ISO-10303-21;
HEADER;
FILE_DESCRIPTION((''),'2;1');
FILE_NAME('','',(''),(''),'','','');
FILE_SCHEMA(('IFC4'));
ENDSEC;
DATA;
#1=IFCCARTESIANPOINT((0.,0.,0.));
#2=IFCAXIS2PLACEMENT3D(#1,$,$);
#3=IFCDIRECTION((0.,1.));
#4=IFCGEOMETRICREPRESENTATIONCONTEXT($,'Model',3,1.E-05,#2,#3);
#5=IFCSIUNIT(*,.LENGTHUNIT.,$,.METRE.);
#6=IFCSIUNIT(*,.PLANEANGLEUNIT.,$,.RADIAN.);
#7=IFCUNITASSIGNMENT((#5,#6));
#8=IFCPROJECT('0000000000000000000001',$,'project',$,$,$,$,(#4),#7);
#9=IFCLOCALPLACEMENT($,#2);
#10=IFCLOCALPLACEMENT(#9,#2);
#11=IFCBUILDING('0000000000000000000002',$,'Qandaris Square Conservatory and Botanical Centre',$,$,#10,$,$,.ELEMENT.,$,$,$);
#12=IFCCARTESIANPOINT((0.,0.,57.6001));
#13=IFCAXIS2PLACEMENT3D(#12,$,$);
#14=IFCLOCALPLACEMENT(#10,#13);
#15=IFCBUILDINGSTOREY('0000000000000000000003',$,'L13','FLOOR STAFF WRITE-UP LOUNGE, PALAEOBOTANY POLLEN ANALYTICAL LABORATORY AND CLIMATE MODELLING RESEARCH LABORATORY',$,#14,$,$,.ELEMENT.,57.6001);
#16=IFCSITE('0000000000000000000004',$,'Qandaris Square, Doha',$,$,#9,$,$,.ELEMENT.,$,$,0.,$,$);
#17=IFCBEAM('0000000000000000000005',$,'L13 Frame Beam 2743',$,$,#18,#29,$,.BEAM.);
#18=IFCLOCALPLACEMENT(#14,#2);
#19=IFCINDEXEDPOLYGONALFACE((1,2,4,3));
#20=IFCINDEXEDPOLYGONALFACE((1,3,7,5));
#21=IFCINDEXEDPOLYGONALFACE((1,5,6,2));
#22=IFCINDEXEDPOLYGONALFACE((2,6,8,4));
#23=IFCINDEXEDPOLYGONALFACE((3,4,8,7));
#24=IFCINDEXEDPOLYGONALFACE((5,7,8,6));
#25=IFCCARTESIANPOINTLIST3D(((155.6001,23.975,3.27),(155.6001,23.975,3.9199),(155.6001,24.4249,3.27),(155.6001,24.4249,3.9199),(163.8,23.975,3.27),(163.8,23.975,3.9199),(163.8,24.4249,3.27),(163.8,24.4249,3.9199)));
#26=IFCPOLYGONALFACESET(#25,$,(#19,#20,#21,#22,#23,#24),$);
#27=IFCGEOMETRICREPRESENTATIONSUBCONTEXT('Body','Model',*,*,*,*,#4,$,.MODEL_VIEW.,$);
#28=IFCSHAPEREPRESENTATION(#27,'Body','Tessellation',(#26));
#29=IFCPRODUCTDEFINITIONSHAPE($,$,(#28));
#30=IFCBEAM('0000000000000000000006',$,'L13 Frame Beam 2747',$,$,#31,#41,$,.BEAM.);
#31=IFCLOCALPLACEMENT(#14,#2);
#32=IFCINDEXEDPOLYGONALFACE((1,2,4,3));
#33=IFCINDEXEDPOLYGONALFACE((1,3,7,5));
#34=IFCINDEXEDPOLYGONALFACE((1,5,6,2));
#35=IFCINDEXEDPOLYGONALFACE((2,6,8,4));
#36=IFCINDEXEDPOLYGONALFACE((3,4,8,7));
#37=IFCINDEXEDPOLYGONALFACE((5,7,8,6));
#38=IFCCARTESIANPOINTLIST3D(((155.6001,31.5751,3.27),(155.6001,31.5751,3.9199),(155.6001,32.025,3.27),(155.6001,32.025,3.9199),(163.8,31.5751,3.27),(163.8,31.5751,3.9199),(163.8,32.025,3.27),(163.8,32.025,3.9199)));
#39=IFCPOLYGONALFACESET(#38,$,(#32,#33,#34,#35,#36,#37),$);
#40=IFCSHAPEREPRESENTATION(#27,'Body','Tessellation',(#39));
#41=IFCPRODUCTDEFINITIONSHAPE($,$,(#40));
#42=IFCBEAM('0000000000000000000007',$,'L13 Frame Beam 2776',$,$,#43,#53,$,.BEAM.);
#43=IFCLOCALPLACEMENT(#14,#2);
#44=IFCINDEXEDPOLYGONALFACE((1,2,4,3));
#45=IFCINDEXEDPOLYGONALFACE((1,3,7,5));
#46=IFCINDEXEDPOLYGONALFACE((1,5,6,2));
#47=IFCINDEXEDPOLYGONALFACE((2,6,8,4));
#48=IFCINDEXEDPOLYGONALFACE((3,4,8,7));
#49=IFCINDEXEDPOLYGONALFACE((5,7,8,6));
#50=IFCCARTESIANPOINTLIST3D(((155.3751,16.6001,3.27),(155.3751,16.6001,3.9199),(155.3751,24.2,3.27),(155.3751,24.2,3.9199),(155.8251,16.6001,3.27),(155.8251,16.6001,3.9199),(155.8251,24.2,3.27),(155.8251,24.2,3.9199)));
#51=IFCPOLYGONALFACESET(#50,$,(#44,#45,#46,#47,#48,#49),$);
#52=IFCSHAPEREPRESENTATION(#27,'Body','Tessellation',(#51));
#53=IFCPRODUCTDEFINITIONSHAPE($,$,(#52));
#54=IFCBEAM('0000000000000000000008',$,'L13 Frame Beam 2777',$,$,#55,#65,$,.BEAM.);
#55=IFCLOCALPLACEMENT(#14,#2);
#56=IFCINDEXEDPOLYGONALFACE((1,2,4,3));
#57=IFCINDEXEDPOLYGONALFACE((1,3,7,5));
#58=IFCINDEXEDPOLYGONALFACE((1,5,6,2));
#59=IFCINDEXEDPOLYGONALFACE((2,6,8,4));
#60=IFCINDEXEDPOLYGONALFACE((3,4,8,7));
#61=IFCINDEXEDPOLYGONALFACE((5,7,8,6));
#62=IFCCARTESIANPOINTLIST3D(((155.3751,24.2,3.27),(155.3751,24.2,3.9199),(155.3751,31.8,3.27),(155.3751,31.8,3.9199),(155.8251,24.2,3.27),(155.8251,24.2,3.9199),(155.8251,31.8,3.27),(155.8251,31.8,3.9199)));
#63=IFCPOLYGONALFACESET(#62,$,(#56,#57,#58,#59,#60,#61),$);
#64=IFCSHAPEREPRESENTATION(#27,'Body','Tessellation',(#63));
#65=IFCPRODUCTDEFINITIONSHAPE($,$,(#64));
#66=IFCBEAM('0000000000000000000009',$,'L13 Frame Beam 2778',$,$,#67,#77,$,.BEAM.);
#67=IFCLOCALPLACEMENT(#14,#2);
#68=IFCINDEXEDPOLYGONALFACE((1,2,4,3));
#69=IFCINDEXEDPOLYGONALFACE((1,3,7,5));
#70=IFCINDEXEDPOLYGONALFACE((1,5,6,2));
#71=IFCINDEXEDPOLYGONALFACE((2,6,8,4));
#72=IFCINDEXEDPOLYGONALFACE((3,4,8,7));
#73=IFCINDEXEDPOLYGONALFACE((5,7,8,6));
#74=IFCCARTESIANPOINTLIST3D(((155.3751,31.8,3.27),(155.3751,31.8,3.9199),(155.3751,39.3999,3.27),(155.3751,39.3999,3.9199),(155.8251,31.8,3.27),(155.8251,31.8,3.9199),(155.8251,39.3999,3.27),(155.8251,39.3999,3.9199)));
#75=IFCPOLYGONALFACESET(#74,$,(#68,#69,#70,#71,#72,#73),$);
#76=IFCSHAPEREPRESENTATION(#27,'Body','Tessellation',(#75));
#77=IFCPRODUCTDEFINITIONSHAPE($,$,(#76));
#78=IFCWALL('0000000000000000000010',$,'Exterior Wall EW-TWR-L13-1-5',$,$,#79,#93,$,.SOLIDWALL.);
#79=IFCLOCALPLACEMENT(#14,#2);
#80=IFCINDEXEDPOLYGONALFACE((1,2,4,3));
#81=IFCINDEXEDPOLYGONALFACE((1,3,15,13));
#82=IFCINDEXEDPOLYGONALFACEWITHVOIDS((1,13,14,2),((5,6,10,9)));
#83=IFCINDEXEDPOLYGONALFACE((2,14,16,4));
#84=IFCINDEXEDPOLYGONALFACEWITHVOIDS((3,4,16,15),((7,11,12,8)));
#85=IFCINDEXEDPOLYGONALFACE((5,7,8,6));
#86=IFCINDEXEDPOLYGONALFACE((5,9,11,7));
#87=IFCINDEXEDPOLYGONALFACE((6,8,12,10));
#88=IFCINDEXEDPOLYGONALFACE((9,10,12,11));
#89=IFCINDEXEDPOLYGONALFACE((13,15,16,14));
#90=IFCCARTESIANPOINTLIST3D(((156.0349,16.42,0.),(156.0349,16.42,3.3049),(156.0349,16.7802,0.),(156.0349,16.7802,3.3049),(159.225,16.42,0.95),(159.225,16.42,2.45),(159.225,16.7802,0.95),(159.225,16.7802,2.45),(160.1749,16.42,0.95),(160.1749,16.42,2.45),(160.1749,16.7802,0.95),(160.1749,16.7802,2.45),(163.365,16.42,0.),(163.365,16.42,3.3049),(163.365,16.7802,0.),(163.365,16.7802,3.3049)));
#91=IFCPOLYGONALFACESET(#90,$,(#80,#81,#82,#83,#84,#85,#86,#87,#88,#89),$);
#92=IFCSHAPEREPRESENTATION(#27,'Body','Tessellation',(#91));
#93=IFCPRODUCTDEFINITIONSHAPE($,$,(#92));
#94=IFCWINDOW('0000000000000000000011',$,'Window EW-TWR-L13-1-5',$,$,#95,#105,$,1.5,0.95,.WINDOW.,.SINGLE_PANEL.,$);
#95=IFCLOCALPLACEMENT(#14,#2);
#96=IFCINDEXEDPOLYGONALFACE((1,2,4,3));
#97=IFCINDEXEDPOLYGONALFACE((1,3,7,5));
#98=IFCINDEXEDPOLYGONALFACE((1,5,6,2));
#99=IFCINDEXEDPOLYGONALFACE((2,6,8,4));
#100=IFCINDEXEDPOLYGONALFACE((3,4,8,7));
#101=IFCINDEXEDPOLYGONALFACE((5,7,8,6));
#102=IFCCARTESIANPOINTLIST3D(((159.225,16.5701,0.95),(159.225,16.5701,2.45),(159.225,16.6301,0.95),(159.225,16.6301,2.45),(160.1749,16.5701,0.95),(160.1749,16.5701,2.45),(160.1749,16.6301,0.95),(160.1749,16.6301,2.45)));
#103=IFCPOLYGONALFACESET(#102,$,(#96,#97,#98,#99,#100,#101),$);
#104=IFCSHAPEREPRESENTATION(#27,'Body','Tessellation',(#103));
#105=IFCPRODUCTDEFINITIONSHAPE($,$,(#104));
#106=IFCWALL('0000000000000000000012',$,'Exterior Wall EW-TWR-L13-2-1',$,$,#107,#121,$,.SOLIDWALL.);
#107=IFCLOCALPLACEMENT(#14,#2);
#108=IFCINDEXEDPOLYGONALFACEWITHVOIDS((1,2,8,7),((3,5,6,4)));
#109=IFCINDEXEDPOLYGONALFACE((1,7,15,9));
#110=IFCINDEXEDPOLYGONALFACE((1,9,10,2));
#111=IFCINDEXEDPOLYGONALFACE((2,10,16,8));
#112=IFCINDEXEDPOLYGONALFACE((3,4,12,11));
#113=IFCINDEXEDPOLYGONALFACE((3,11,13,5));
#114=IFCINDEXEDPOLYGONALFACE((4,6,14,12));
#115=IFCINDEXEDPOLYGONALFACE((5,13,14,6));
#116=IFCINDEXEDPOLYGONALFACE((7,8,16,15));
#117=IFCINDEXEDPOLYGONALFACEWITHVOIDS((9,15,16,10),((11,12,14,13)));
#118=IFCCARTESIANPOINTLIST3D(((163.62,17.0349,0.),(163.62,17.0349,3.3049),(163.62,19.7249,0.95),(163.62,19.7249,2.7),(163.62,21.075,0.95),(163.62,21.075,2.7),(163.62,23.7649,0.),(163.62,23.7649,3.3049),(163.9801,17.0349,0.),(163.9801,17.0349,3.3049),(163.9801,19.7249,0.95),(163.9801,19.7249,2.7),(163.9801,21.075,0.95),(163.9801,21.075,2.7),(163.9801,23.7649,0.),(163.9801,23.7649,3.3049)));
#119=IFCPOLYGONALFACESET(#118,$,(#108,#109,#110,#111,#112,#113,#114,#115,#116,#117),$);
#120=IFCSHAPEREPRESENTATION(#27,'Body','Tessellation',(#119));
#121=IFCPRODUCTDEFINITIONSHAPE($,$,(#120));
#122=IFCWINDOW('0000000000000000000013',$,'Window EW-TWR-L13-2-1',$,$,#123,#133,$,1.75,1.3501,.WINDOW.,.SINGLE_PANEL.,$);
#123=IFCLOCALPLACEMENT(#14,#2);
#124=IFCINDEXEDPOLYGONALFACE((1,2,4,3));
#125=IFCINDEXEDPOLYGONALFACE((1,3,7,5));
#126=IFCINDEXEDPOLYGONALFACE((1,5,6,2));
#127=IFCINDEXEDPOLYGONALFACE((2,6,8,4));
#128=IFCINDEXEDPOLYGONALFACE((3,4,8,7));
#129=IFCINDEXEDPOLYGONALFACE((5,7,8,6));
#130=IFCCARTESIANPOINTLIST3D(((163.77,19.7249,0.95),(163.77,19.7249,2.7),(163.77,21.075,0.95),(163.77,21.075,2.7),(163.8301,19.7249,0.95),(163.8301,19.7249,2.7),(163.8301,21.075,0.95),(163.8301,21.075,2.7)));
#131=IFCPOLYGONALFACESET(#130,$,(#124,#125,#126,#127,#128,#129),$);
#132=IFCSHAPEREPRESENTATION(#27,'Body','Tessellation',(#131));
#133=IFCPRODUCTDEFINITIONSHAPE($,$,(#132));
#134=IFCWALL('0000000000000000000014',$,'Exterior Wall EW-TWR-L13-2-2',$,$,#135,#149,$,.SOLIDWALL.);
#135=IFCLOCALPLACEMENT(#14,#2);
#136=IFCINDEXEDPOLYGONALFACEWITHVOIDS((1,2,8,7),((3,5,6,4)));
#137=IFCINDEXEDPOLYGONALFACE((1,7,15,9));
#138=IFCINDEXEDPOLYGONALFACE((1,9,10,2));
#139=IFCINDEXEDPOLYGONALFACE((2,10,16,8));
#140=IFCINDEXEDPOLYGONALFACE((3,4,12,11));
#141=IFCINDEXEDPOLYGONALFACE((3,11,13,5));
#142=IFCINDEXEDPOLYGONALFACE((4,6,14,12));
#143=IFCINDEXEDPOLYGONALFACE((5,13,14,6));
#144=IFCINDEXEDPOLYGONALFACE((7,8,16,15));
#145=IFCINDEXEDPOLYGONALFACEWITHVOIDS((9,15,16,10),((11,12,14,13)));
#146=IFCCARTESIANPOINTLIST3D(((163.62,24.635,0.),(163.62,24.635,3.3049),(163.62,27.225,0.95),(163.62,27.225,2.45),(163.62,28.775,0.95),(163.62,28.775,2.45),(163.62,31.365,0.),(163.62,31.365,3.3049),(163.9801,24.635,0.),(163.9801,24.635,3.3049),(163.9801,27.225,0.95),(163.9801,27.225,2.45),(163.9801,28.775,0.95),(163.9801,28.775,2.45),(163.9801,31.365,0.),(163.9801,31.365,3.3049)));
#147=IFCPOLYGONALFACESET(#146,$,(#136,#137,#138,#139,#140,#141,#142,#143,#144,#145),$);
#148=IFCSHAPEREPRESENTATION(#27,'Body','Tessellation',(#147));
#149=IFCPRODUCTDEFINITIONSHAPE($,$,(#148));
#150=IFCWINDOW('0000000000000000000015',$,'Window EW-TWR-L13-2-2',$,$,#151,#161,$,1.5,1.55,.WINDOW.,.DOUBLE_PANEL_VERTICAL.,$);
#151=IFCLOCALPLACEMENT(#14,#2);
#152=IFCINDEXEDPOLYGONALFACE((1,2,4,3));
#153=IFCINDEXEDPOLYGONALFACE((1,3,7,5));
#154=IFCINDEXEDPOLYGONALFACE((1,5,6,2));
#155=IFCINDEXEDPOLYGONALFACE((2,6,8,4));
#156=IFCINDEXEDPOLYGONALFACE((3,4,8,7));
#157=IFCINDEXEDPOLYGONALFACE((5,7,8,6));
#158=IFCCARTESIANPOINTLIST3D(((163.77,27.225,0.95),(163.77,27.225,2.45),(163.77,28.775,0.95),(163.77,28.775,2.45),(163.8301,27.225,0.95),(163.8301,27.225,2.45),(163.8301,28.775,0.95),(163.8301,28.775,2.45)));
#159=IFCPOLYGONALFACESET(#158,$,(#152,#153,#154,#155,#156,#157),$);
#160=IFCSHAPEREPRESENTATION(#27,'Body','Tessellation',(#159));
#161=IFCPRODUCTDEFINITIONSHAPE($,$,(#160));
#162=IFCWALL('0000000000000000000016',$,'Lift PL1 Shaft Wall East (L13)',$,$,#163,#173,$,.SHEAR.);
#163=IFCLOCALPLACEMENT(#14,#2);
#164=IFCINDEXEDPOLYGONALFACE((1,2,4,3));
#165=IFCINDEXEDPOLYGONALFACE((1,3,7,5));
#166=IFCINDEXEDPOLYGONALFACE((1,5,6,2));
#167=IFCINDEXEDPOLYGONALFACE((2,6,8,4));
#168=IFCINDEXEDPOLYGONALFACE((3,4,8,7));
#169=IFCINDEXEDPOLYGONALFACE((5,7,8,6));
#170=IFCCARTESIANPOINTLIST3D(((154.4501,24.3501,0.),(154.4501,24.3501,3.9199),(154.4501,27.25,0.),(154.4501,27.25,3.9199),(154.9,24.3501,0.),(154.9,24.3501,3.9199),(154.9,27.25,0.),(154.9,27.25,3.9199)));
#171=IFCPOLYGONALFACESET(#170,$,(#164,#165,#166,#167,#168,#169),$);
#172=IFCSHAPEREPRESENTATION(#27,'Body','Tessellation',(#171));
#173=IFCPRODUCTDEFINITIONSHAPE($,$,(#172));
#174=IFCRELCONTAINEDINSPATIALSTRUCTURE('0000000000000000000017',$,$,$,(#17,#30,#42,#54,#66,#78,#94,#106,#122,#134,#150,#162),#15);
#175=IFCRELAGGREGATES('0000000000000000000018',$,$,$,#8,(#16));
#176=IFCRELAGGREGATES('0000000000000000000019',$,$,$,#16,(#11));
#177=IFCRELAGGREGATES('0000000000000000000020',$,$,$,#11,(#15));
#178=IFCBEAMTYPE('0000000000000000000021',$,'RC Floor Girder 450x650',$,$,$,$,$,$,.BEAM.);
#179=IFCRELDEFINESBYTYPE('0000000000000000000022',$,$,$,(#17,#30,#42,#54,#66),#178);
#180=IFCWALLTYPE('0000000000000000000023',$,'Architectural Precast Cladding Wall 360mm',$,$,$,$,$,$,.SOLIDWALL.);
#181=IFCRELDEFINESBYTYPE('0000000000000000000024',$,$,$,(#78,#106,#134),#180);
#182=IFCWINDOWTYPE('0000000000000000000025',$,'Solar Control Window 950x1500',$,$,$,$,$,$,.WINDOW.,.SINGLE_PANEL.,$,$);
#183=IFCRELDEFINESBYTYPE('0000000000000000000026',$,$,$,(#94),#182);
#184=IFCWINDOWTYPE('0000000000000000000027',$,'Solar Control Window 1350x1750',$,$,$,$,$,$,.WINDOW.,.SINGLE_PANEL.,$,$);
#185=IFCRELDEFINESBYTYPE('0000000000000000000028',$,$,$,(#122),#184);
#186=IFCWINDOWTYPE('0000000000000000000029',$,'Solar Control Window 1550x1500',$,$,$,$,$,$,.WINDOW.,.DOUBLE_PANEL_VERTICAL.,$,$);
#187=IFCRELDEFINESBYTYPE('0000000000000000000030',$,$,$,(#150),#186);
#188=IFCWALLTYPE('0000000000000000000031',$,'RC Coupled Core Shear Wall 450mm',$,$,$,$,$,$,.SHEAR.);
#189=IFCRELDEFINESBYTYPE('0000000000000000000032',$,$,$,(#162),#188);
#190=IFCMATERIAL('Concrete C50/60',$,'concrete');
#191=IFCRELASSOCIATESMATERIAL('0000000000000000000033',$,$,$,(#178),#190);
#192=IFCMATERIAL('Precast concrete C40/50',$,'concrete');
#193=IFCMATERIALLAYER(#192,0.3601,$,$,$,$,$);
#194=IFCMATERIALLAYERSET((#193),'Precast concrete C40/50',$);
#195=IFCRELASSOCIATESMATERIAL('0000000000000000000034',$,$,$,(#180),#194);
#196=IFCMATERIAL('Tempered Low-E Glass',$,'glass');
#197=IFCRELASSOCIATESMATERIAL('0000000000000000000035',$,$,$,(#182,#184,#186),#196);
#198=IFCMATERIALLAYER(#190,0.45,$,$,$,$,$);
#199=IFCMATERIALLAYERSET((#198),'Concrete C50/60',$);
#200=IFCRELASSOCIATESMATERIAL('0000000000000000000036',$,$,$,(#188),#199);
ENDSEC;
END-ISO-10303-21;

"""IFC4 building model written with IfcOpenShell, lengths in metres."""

from ifc_helpers import new_model, si_unit, direction, frame, frame_2d, origin, origin_2d, place, context, subcontext, project, spatial, rectangle, extrude, material, layer, layer_set, material_profile, profile_set, type_object, element, fill, save


model = new_model("IFC4")

# Units and contexts
model_context = context("Model", 3, precision=1e-05, world=origin(), true_north=direction((0.0, 1.0)))
body_context = subcontext(model_context, "Body", "Model", "MODEL_VIEW")
ifc_project = project(units=[si_unit("LENGTHUNIT", "METRE"), si_unit("PLANEANGLEUNIT", "RADIAN")], contexts=[model_context])

# Site, building, storey
site_placement = place(None, origin())
site = spatial("IfcSite", under=ifc_project, at=site_placement, Name="Qandaris Square, Doha", CompositionType="ELEMENT", RefElevation=0.0)
building_placement = place(site_placement, origin())
building = spatial("IfcBuilding", under=site, at=building_placement, Name="Qandaris Square Conservatory and Botanical Centre", CompositionType="ELEMENT")
storey_placement = place(building_placement, frame((0.0, 0.0, 57.6001)))
storey = spatial("IfcBuildingStorey", under=building, at=storey_placement, Name="L13", Description="FLOOR STAFF WRITE-UP LOUNGE, PALAEOBOTANY POLLEN ANALYTICAL LABORATORY AND CLIMATE MODELLING RESEARCH LABORATORY", CompositionType="ELEMENT", Elevation=57.6001)

# Shared definitions
ifc_material_1 = material(Name="Concrete C50/60", Category="concrete")

# Beams
ifc_material_profile_1 = material_profile(ifc_material_1, rectangle(XDim=0.45, YDim=0.6499, at=origin_2d()), Name="RC-BM 450x650")
ifc_profile_set_1 = profile_set([ifc_material_profile_1], Name="Concrete C50/60")
beam_type_1 = type_object("IfcBeamType", Name="RC Floor Girder 450x650", PredefinedType="BEAM", material=ifc_profile_set_1)
for number, where, z_axis, x_axis, name in (
    (1, (155.6001, 24.2, 3.595), (1.0, 0.0, 0.0), (0.0, 1.0, 0.0), "L13 Frame Beam 2743"),
    (2, (155.6001, 31.8, 3.595), (1.0, 0.0, 0.0), (0.0, 1.0, 0.0), "L13 Frame Beam 2747"),
):
    element("IfcBeam", number, at=place(storey_placement, frame(where, z_axis=z_axis, x_axis=x_axis)), inside=storey, type_object=beam_type_1, Name=name, PredefinedType="BEAM", context=body_context, shape_type="SweptSolid", body=[
        extrude(rectangle(XDim=0.45, YDim=0.6499, at=origin_2d()), origin(), (0.0, 0.0, 1.0), 8.2),
    ])
beam_1_placement = place(storey_placement, frame((155.6001, 16.6001, 3.595), z_axis=(0.0, 1.0, 0.0), x_axis=(-1.0, 0.0, 0.0)))
element("IfcBeam", 3, at=beam_1_placement, inside=storey, type_object=beam_type_1, Name="L13 Frame Beam 2776", PredefinedType="BEAM", context=body_context, shape_type="SweptSolid", body=[
    extrude(rectangle(XDim=0.45, YDim=0.6499, at=origin_2d()), origin(), (0.0, 0.0, 1.0), 7.5999),
])
beam_2_placement = place(storey_placement, frame((155.6001, 24.2, 3.595), z_axis=(0.0, 1.0, 0.0), x_axis=(-1.0, 0.0, 0.0)))
element("IfcBeam", 4, at=beam_2_placement, inside=storey, type_object=beam_type_1, Name="L13 Frame Beam 2777", PredefinedType="BEAM", context=body_context, shape_type="SweptSolid", body=[
    extrude(rectangle(XDim=0.45, YDim=0.6499, at=origin_2d()), origin(), (0.0, 0.0, 1.0), 7.6001),
])
beam_3_placement = place(storey_placement, frame((155.6001, 31.8, 3.595), z_axis=(0.0, 1.0, 0.0), x_axis=(-1.0, 0.0, 0.0)))
element("IfcBeam", 5, at=beam_3_placement, inside=storey, type_object=beam_type_1, Name="L13 Frame Beam 2778", PredefinedType="BEAM", context=body_context, shape_type="SweptSolid", body=[
    extrude(rectangle(XDim=0.45, YDim=0.6499, at=origin_2d()), origin(), (0.0, 0.0, 1.0), 7.5999),
])

# Walls, openings, windows
ifc_material_2 = material(Name="Precast concrete C40/50", Category="concrete")
ifc_layer_1 = layer(ifc_material_2, 0.3601)
ifc_layer_set_1 = layer_set([ifc_layer_1], Name="Precast concrete C40/50")
wall_type_1 = type_object("IfcWallType", Name="Architectural Precast Cladding Wall 360mm", PredefinedType="SOLIDWALL", material=ifc_layer_set_1)
wall_1_placement = place(storey_placement, frame((156.0349, 16.6001, 0.0), z_axis=(0.0, 0.0, 1.0), x_axis=(1.0, 0.0, 0.0)))
wall_1 = element("IfcWall", 6, at=wall_1_placement, inside=storey, type_object=wall_type_1, Name="Exterior Wall EW-TWR-L13-1-5", PredefinedType="SOLIDWALL", context=body_context, shape_type="SweptSolid", body=[
    extrude(rectangle(XDim=7.3301, YDim=0.3601, at=frame_2d((3.665, 0.0))), origin(), (0.0, 0.0, 1.0), 3.3049),
])
opening_1_placement = place(wall_1_placement, frame((3.1899, 0.0, 0.95)))
opening_1 = element("IfcOpeningElement", 7, at=opening_1_placement, cuts=wall_1, PredefinedType="OPENING", context=body_context, shape_type="SweptSolid", body=[
    extrude(rectangle(XDim=0.95, YDim=1.5, at=frame_2d((0.4751, 0.75))), frame((0.0, 0.1919, 0.0), z_axis=(0.0, -1.0, 0.0), x_axis=(1.0, 0.0, 0.0)), (0.0, 0.0, 1.0), 0.384),
])
ifc_material_3 = material(Name="Tempered Low-E Glass", Category="glass")
window_type_1 = type_object("IfcWindowType", Name="Solar Control Window 950x1500", PartitioningType="SINGLE_PANEL", PredefinedType="WINDOW", material=ifc_material_3)
window_1_placement = place(opening_1_placement, origin())
window_1 = element("IfcWindow", 8, at=window_1_placement, inside=storey, type_object=window_type_1, Name="Window EW-TWR-L13-1-5", OverallHeight=1.5, OverallWidth=0.95, PartitioningType="SINGLE_PANEL", PredefinedType="WINDOW", context=body_context, shape_type="SweptSolid", body=[
    extrude(rectangle(XDim=0.95, YDim=1.5, at=frame_2d((0.4751, 0.75))), frame((0.0, 0.03, 0.0), z_axis=(0.0, -1.0, 0.0), x_axis=(1.0, 0.0, 0.0)), (0.0, 0.0, 1.0), 0.0601),
])
fill(opening_1, window_1)
wall_2_placement = place(storey_placement, frame((163.8, 17.0349, 0.0), z_axis=(0.0, 0.0, 1.0), x_axis=(0.0, 1.0, 0.0)))
wall_2 = element("IfcWall", 9, at=wall_2_placement, inside=storey, type_object=wall_type_1, Name="Exterior Wall EW-TWR-L13-2-1", PredefinedType="SOLIDWALL", context=body_context, shape_type="SweptSolid", body=[
    extrude(rectangle(XDim=6.73, YDim=0.3601, at=frame_2d((3.365, 0.0))), origin(), (0.0, 0.0, 1.0), 3.3049),
])
opening_2_placement = place(wall_2_placement, frame((2.6899, 0.0, 0.95)))
opening_2 = element("IfcOpeningElement", 10, at=opening_2_placement, cuts=wall_2, PredefinedType="OPENING", context=body_context, shape_type="SweptSolid", body=[
    extrude(rectangle(XDim=1.3501, YDim=1.75, at=frame_2d((0.675, 0.875))), frame((0.0, 0.1919, 0.0), z_axis=(0.0, -1.0, 0.0), x_axis=(1.0, 0.0, 0.0)), (0.0, 0.0, 1.0), 0.384),
])
window_type_2 = type_object("IfcWindowType", Name="Solar Control Window 1350x1750", PartitioningType="SINGLE_PANEL", PredefinedType="WINDOW", material=ifc_material_3)
window_2_placement = place(opening_2_placement, origin())
window_2 = element("IfcWindow", 11, at=window_2_placement, inside=storey, type_object=window_type_2, Name="Window EW-TWR-L13-2-1", OverallHeight=1.75, OverallWidth=1.3501, PartitioningType="SINGLE_PANEL", PredefinedType="WINDOW", context=body_context, shape_type="SweptSolid", body=[
    extrude(rectangle(XDim=1.3501, YDim=1.75, at=frame_2d((0.675, 0.875))), frame((0.0, 0.03, 0.0), z_axis=(0.0, -1.0, 0.0), x_axis=(1.0, 0.0, 0.0)), (0.0, 0.0, 1.0), 0.0601),
])
fill(opening_2, window_2)
wall_3_placement = place(storey_placement, frame((163.8, 24.635, 0.0), z_axis=(0.0, 0.0, 1.0), x_axis=(0.0, 1.0, 0.0)))
wall_3 = element("IfcWall", 12, at=wall_3_placement, inside=storey, type_object=wall_type_1, Name="Exterior Wall EW-TWR-L13-2-2", PredefinedType="SOLIDWALL", context=body_context, shape_type="SweptSolid", body=[
    extrude(rectangle(XDim=6.73, YDim=0.3601, at=frame_2d((3.365, 0.0))), origin(), (0.0, 0.0, 1.0), 3.3049),
])
opening_3_placement = place(wall_3_placement, frame((2.5901, 0.0, 0.95)))
opening_3 = element("IfcOpeningElement", 13, at=opening_3_placement, cuts=wall_3, PredefinedType="OPENING", context=body_context, shape_type="SweptSolid", body=[
    extrude(rectangle(XDim=1.55, YDim=1.5, at=frame_2d((0.7749, 0.75))), frame((0.0, 0.1919, 0.0), z_axis=(0.0, -1.0, 0.0), x_axis=(1.0, 0.0, 0.0)), (0.0, 0.0, 1.0), 0.384),
])
window_type_3 = type_object("IfcWindowType", Name="Solar Control Window 1550x1500", PartitioningType="DOUBLE_PANEL_VERTICAL", PredefinedType="WINDOW", material=ifc_material_3)
window_3_placement = place(opening_3_placement, origin())
window_3 = element("IfcWindow", 14, at=window_3_placement, inside=storey, type_object=window_type_3, Name="Window EW-TWR-L13-2-2", OverallHeight=1.5, OverallWidth=1.55, PartitioningType="DOUBLE_PANEL_VERTICAL", PredefinedType="WINDOW", context=body_context, shape_type="SweptSolid", body=[
    extrude(rectangle(XDim=1.55, YDim=1.5, at=frame_2d((0.7749, 0.75))), frame((0.0, 0.03, 0.0), z_axis=(0.0, -1.0, 0.0), x_axis=(1.0, 0.0, 0.0)), (0.0, 0.0, 1.0), 0.0601),
])
fill(opening_3, window_3)

# Wall
ifc_layer_2 = layer(ifc_material_1, 0.45)
ifc_layer_set_2 = layer_set([ifc_layer_2], Name="Concrete C50/60")
wall_type_2 = type_object("IfcWallType", Name="RC Coupled Core Shear Wall 450mm", PredefinedType="SHEAR", material=ifc_layer_set_2)
for number, where, z_axis, x_axis, name in (
    (15, (154.675, 24.3501, 0.0), (0.0, 0.0, 1.0), (0.0, 1.0, 0.0), "Lift PL1 Shaft Wall East (L13)"),
):
    element("IfcWall", number, at=place(storey_placement, frame(where, z_axis=z_axis, x_axis=x_axis)), inside=storey, type_object=wall_type_2, Name=name, PredefinedType="SHEAR", context=body_context, shape_type="SweptSolid", body=[
        extrude(rectangle(XDim=2.8999, YDim=0.45, at=frame_2d((1.45, 0.0))), origin(), (0.0, 0.0, 1.0), 3.9199),
    ])

save(model, "model.ifc")
